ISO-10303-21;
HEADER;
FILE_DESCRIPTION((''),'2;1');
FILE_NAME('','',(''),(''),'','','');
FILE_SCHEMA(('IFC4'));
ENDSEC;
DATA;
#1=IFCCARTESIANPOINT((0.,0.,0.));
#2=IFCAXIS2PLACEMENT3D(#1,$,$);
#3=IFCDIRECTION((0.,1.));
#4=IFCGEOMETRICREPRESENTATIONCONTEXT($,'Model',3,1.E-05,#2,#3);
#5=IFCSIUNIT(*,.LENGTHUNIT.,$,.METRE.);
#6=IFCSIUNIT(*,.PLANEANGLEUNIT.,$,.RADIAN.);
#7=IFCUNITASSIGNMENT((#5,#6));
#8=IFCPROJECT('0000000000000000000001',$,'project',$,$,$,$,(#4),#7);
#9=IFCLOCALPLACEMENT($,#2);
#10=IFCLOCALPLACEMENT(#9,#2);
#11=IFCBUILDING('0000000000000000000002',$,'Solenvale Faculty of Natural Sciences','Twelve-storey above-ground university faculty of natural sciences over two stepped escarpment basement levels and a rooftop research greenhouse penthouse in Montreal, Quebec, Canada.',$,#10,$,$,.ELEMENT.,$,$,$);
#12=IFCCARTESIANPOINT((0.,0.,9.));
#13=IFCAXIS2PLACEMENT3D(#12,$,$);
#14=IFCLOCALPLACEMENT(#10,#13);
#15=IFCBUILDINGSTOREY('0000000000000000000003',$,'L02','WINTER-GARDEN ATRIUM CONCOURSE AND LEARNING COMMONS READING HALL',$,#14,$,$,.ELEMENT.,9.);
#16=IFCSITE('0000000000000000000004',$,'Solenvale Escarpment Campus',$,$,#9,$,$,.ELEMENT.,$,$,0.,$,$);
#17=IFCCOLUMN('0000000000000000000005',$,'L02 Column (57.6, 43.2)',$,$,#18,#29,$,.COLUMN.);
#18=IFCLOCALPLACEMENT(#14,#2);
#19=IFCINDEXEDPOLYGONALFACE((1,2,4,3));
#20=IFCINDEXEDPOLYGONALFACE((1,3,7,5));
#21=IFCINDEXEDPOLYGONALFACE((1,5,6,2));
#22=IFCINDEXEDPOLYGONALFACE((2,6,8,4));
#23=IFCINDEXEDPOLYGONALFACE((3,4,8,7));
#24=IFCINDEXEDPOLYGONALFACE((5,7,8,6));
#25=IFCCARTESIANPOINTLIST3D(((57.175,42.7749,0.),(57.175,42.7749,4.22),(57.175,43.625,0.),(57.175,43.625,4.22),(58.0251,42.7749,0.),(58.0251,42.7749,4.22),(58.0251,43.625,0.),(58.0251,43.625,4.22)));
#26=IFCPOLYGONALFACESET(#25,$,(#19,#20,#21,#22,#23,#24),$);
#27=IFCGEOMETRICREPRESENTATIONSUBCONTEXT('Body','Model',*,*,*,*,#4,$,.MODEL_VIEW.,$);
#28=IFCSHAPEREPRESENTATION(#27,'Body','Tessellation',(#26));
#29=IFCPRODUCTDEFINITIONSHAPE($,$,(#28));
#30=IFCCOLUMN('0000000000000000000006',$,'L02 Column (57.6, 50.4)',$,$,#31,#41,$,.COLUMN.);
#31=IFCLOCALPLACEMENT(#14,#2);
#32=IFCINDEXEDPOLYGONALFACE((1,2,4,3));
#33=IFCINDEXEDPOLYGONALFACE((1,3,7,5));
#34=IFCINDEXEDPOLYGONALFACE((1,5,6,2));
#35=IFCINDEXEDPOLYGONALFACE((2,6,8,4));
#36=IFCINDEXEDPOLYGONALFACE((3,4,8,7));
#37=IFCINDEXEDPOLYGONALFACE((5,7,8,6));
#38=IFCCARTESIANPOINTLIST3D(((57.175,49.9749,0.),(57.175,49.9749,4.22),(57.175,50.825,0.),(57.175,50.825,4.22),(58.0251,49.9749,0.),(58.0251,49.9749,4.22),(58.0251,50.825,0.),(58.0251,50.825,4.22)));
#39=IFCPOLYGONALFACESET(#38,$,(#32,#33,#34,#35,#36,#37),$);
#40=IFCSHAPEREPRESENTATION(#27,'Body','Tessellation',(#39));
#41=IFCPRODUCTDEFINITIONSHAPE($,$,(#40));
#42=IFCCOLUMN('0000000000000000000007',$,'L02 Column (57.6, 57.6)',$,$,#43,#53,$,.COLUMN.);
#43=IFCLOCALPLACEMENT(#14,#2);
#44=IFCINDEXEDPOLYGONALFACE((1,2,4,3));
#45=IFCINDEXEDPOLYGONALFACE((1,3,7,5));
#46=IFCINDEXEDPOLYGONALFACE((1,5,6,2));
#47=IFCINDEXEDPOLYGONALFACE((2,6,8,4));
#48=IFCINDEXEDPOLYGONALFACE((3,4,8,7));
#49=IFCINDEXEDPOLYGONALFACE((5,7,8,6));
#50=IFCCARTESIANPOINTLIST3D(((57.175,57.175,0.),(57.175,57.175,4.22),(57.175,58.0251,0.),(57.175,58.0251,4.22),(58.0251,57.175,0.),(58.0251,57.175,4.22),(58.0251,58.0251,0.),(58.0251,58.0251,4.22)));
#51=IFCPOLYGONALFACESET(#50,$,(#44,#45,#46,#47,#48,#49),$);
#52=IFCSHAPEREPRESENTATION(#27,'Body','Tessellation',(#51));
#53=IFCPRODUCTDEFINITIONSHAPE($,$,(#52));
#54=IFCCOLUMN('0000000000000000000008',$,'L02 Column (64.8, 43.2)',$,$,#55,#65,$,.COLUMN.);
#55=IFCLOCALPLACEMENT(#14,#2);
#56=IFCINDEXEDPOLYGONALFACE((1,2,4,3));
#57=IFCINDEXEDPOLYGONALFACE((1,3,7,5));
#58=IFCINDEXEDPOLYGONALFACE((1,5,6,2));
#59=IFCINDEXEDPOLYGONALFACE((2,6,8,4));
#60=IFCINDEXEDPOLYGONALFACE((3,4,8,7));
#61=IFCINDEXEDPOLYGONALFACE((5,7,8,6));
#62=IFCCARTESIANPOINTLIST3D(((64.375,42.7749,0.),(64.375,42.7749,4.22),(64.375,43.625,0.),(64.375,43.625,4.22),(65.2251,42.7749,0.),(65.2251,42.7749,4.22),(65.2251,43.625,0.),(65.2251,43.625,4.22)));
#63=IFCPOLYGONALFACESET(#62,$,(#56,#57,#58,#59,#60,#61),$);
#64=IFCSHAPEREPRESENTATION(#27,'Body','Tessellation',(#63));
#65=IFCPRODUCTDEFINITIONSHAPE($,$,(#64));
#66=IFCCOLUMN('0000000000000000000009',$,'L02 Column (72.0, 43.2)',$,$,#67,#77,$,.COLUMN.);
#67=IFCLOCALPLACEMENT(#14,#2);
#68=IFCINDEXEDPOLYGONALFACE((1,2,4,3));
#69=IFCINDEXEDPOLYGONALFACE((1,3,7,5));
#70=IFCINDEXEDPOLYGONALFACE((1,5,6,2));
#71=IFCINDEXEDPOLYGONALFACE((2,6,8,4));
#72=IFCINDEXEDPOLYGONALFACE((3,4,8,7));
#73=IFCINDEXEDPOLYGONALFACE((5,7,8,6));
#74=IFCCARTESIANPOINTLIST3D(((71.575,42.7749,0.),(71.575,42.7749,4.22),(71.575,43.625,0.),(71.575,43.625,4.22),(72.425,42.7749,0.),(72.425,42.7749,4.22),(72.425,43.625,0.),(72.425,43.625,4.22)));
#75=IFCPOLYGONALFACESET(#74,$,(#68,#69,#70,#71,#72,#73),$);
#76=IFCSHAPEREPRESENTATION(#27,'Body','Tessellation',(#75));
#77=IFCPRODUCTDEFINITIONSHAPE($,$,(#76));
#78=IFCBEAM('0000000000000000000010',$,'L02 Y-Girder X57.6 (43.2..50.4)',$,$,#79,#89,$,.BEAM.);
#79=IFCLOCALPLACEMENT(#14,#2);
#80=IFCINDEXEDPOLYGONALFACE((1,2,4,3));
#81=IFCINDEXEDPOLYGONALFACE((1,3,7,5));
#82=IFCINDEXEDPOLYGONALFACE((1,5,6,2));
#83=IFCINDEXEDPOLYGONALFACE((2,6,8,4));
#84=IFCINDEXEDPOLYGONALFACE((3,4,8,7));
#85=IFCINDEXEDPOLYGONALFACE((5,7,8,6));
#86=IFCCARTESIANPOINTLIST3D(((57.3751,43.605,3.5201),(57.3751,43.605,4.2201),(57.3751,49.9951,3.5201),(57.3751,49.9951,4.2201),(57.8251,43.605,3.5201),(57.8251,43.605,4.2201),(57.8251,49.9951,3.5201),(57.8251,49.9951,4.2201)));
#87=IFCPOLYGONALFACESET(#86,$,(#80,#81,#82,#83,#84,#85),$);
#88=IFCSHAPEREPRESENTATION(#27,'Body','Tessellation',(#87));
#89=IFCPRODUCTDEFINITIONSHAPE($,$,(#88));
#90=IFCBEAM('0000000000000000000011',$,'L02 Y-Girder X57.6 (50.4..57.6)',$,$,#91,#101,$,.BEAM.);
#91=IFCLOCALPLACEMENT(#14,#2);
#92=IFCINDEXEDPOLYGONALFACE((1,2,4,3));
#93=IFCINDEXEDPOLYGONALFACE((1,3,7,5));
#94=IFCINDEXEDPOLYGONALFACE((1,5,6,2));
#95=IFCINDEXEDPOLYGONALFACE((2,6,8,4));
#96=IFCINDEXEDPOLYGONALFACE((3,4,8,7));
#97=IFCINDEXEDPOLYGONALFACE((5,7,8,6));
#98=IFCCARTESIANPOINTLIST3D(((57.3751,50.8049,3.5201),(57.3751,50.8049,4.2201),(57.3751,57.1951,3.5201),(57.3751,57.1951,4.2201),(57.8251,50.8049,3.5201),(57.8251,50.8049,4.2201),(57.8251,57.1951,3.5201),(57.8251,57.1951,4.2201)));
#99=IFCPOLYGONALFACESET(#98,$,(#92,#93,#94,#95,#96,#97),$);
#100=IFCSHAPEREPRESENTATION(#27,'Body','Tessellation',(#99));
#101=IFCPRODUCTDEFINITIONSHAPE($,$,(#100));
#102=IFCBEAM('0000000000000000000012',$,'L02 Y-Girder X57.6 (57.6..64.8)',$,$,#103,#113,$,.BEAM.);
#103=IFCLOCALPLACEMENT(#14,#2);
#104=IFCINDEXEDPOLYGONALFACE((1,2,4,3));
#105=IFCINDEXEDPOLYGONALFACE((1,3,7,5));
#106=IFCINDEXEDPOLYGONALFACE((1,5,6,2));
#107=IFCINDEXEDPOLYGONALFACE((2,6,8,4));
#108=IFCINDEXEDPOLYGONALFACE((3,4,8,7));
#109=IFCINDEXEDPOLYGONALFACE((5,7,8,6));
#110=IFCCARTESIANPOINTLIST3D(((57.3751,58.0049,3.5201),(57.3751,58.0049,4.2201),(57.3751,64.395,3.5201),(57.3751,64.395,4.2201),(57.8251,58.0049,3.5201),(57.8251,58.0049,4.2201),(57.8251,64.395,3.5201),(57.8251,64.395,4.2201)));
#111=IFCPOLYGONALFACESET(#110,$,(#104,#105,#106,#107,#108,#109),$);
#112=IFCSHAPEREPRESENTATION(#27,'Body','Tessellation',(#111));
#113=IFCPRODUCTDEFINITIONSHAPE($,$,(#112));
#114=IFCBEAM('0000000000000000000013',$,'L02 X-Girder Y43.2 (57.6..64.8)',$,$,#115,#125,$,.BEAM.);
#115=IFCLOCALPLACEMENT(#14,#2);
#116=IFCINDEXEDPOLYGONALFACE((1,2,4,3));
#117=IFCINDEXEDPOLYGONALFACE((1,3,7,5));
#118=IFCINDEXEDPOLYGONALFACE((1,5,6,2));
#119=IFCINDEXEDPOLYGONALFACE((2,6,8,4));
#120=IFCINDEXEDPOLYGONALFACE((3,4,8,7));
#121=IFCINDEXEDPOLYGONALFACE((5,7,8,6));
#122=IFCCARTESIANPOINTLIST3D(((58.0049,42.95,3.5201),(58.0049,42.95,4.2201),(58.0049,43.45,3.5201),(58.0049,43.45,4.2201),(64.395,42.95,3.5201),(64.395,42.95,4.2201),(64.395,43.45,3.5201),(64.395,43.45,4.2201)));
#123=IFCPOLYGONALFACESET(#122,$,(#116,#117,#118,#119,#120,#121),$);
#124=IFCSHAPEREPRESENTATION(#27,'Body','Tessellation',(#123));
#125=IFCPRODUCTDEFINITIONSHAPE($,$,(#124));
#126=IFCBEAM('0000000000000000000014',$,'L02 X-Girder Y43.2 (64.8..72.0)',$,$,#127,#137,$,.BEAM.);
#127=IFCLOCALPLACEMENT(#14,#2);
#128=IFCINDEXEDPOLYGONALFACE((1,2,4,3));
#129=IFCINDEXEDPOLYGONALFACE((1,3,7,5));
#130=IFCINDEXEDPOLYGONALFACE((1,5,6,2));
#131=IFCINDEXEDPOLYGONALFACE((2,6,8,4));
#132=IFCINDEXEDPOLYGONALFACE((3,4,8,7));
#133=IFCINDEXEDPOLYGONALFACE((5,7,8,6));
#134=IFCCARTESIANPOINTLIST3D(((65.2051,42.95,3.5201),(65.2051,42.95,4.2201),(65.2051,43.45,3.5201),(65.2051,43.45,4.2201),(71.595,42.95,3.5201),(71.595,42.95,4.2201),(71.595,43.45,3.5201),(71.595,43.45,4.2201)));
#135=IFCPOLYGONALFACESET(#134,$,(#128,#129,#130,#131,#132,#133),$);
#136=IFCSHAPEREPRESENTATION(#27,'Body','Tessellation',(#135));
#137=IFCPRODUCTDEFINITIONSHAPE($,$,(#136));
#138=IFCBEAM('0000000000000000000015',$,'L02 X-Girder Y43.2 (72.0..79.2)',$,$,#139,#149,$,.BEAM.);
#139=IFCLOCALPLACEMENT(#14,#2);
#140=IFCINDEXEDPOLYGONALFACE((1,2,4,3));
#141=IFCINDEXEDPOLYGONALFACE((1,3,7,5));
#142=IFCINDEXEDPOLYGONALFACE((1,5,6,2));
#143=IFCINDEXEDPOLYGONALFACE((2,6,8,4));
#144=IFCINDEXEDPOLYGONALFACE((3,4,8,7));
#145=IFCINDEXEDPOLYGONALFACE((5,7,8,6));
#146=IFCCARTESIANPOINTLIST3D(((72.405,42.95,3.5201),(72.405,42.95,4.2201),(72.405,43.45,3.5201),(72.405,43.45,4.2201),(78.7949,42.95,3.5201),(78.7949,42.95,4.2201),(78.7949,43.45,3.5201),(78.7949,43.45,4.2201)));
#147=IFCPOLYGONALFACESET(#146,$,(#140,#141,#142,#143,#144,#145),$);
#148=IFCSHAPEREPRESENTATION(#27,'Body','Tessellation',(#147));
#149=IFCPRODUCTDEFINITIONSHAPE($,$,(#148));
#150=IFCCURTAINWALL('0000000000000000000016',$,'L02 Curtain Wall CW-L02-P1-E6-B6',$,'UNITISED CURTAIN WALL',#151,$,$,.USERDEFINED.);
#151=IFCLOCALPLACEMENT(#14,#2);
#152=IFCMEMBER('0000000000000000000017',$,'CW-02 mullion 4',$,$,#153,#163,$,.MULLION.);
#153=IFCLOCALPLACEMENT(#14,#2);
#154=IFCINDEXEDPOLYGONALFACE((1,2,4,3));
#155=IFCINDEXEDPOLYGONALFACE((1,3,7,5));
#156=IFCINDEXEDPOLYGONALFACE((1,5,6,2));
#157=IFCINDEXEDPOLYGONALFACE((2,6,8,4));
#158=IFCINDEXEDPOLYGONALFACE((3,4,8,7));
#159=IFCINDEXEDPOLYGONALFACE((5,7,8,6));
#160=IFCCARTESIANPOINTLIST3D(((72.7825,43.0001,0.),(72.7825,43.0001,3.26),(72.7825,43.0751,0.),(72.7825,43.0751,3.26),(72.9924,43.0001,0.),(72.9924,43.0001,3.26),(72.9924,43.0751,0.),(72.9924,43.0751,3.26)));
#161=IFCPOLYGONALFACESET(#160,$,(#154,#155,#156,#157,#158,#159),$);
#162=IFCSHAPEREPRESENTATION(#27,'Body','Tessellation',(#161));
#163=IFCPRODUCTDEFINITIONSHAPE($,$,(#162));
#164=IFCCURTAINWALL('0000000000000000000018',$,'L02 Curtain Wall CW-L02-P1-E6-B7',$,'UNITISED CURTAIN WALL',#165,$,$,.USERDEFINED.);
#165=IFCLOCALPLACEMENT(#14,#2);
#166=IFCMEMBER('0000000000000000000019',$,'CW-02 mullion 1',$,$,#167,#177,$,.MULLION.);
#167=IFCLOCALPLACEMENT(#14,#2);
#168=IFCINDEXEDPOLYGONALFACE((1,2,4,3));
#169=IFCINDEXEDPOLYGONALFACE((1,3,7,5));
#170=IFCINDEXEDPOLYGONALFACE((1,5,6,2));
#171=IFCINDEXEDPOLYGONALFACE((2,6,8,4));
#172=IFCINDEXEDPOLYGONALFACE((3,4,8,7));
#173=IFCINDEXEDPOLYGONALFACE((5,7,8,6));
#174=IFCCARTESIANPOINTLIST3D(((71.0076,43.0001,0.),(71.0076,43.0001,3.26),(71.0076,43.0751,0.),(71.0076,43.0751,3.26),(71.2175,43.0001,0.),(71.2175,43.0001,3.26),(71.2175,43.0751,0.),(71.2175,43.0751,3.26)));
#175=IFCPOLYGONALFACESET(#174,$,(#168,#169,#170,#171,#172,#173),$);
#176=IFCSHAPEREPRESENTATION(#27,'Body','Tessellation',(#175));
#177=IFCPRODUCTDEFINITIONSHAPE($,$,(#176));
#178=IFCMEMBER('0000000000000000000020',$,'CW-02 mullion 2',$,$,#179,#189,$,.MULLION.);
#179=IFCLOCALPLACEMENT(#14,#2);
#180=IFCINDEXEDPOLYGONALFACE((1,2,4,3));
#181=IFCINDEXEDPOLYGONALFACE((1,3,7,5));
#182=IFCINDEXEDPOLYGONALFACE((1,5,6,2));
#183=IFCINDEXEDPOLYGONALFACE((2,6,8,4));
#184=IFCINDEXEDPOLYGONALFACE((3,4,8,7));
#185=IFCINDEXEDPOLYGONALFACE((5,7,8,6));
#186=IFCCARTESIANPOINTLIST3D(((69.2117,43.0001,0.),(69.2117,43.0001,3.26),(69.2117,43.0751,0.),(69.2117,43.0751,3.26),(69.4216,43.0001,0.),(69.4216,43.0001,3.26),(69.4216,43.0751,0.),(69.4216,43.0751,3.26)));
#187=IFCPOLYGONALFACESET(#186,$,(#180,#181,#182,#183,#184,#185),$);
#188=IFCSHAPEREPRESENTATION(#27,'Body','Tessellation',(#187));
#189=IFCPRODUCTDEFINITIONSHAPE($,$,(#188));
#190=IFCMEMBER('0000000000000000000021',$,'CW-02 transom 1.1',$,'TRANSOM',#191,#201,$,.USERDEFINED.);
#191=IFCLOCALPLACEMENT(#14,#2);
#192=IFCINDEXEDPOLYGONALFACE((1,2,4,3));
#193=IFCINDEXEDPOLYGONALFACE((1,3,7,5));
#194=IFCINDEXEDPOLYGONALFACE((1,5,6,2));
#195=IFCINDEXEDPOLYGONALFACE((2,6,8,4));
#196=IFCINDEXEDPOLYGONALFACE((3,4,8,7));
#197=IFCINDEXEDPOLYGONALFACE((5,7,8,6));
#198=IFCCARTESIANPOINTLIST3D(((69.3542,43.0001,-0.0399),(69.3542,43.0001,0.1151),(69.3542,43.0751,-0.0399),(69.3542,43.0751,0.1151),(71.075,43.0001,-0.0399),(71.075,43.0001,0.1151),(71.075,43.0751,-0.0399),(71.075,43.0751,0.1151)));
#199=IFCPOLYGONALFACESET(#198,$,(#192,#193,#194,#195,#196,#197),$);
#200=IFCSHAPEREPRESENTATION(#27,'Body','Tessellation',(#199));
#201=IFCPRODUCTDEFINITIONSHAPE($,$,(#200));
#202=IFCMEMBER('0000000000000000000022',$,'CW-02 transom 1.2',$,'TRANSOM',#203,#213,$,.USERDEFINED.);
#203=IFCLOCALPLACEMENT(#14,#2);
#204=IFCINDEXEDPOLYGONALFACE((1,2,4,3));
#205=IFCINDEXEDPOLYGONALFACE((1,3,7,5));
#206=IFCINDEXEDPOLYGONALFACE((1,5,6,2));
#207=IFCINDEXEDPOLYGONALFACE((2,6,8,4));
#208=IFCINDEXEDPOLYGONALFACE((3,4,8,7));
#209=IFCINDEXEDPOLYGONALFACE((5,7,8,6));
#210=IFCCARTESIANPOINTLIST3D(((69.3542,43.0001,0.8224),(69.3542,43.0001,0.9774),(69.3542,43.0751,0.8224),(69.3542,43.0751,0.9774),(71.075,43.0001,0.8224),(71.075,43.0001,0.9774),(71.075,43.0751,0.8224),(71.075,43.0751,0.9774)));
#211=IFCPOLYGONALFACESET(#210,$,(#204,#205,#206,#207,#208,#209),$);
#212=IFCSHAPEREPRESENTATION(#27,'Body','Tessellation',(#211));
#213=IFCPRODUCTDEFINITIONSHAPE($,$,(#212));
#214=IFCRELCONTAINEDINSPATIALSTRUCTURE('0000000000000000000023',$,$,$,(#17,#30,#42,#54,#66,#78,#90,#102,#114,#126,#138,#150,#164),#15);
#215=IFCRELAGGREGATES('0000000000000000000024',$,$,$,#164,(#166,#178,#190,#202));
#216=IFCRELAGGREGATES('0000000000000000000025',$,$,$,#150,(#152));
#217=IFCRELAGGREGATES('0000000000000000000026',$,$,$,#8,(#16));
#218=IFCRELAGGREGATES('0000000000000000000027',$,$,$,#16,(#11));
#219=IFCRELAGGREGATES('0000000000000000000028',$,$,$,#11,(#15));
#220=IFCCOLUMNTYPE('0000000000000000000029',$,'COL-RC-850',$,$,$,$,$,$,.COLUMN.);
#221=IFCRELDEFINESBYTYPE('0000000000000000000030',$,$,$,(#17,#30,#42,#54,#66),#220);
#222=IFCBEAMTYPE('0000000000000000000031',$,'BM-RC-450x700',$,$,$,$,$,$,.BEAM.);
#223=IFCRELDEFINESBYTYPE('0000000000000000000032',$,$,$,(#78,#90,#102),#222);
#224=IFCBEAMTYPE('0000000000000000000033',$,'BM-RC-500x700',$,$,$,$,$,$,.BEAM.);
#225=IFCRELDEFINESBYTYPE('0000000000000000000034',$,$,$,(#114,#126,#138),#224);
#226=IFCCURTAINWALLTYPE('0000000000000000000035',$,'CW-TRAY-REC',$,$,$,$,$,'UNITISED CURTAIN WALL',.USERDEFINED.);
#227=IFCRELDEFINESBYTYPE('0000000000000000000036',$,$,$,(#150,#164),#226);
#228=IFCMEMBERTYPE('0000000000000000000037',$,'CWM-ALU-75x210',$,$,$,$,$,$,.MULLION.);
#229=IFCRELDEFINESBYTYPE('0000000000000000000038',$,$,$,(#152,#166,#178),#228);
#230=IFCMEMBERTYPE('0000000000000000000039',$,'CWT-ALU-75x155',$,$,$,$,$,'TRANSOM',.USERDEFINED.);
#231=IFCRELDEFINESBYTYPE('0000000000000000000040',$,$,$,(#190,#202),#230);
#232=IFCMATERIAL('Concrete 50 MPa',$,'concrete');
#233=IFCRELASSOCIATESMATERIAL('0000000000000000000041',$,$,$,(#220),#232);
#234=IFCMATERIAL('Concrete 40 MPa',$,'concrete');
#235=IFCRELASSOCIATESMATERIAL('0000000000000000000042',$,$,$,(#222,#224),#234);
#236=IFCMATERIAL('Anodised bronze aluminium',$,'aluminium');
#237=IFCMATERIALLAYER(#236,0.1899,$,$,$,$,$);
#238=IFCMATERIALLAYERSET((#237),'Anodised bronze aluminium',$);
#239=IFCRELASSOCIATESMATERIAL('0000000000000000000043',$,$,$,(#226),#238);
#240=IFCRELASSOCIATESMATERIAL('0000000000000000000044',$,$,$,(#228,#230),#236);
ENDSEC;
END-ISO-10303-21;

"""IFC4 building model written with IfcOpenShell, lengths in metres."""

from ifc_helpers import new_model, si_unit, direction, frame, origin, origin_2d, place, context, subcontext, project, spatial, rectangle, extrude, material, layer, layer_set, material_profile, profile_set, type_object, element, aggregate, save


model = new_model("IFC4")

# Units and contexts
model_context = context("Model", 3, precision=1e-05, world=origin(), true_north=direction((0.0, 1.0)))
body_context = subcontext(model_context, "Body", "Model", "MODEL_VIEW")
ifc_project = project(units=[si_unit("LENGTHUNIT", "METRE"), si_unit("PLANEANGLEUNIT", "RADIAN")], contexts=[model_context])

# Site, building, storey
site_placement = place(None, origin())
site = spatial("IfcSite", under=ifc_project, at=site_placement, Name="Solenvale Escarpment Campus", CompositionType="ELEMENT", RefElevation=0.0)
building_placement = place(site_placement, origin())
building = spatial("IfcBuilding", under=site, at=building_placement, Name="Solenvale Faculty of Natural Sciences", Description="Twelve-storey above-ground university faculty of natural sciences over two stepped escarpment basement levels and a rooftop research greenhouse penthouse in Montreal, Quebec, Canada.", CompositionType="ELEMENT")
storey_placement = place(building_placement, frame((0.0, 0.0, 9.0)))
storey = spatial("IfcBuildingStorey", under=building, at=storey_placement, Name="L02", Description="WINTER-GARDEN ATRIUM CONCOURSE AND LEARNING COMMONS READING HALL", CompositionType="ELEMENT", Elevation=9.0)

# Columns
ifc_material_1 = material(Name="Concrete 50 MPa", Category="concrete")
ifc_material_profile_1 = material_profile(ifc_material_1, rectangle(XDim=0.8501, YDim=0.8501, at=origin_2d()), Name="RC-COL-850x850")
ifc_profile_set_1 = profile_set([ifc_material_profile_1], Name="Concrete 50 MPa")
column_type = type_object("IfcColumnType", Name="COL-RC-850", PredefinedType="COLUMN", material=ifc_profile_set_1)
for number, where, z_axis, x_axis, name in (
    (1, (57.6001, 43.2, 0.0), (0.0, 0.0, 1.0), (1.0, 0.0, 0.0), "L02 Column (57.6, 43.2)"),
    (2, (57.6001, 50.3999, 0.0), (0.0, 0.0, 1.0), (1.0, 0.0, 0.0), "L02 Column (57.6, 50.4)"),
    (3, (57.6001, 57.6001, 0.0), (0.0, 0.0, 1.0), (1.0, 0.0, 0.0), "L02 Column (57.6, 57.6)"),
    (4, (64.8, 43.2, 0.0), (0.0, 0.0, 1.0), (1.0, 0.0, 0.0), "L02 Column (64.8, 43.2)"),
    (5, (72.0, 43.2, 0.0), (0.0, 0.0, 1.0), (1.0, 0.0, 0.0), "L02 Column (72.0, 43.2)"),
):
    element("IfcColumn", number, at=place(storey_placement, frame(where, z_axis=z_axis, x_axis=x_axis)), inside=storey, type_object=column_type, Name=name, PredefinedType="COLUMN", context=body_context, shape_type="SweptSolid", body=[
        extrude(rectangle(XDim=0.8501, YDim=0.8501, at=origin_2d()), origin(), (0.0, 0.0, 1.0), 4.22),
    ])

# Beams
ifc_material_2 = material(Name="Concrete 40 MPa", Category="concrete")
ifc_material_profile_2 = material_profile(ifc_material_2, rectangle(XDim=0.45, YDim=0.7, at=origin_2d()), Name="RC-BM-450x700")
ifc_profile_set_2 = profile_set([ifc_material_profile_2], Name="Concrete 40 MPa")
beam_type_1 = type_object("IfcBeamType", Name="BM-RC-450x700", PredefinedType="BEAM", material=ifc_profile_set_2)
for number, where, z_axis, x_axis, name in (
    (6, (57.6001, 43.605, 3.8701), (0.0, 1.0, 0.0), (-1.0, 0.0, 0.0), "L02 Y-Girder X57.6 (43.2..50.4)"),
    (7, (57.6001, 50.8049, 3.8701), (0.0, 1.0, 0.0), (-1.0, 0.0, 0.0), "L02 Y-Girder X57.6 (50.4..57.6)"),
    (8, (57.6001, 58.0049, 3.8701), (0.0, 1.0, 0.0), (-1.0, 0.0, 0.0), "L02 Y-Girder X57.6 (57.6..64.8)"),
):
    element("IfcBeam", number, at=place(storey_placement, frame(where, z_axis=z_axis, x_axis=x_axis)), inside=storey, type_object=beam_type_1, Name=name, PredefinedType="BEAM", context=body_context, shape_type="SweptSolid", body=[
        extrude(rectangle(XDim=0.45, YDim=0.7, at=origin_2d()), origin(), (0.0, 0.0, 1.0), 6.3901),
    ])
ifc_material_profile_3 = material_profile(ifc_material_2, rectangle(XDim=0.5, YDim=0.7, at=origin_2d()), Name="RC-BM-500x700")
ifc_profile_set_3 = profile_set([ifc_material_profile_3], Name="Concrete 40 MPa")
beam_type_2 = type_object("IfcBeamType", Name="BM-RC-500x700", PredefinedType="BEAM", material=ifc_profile_set_3)
beam_placement = place(storey_placement, frame((58.0049, 43.2, 3.8701), z_axis=(1.0, 0.0, 0.0), x_axis=(0.0, 1.0, 0.0)))
element("IfcBeam", 9, at=beam_placement, inside=storey, type_object=beam_type_2, Name="L02 X-Girder Y43.2 (57.6..64.8)", PredefinedType="BEAM", context=body_context, shape_type="SweptSolid", body=[
    extrude(rectangle(XDim=0.5, YDim=0.7, at=origin_2d()), origin(), (0.0, 0.0, 1.0), 6.3901),
])
for number, where, z_axis, x_axis, name in (
    (10, (65.2051, 43.2, 3.8701), (1.0, 0.0, 0.0), (0.0, 1.0, 0.0), "L02 X-Girder Y43.2 (64.8..72.0)"),
    (11, (72.405, 43.2, 3.8701), (1.0, 0.0, 0.0), (0.0, 1.0, 0.0), "L02 X-Girder Y43.2 (72.0..79.2)"),
):
    element("IfcBeam", number, at=place(storey_placement, frame(where, z_axis=z_axis, x_axis=x_axis)), inside=storey, type_object=beam_type_2, Name=name, PredefinedType="BEAM", context=body_context, shape_type="SweptSolid", body=[
        extrude(rectangle(XDim=0.5, YDim=0.7, at=origin_2d()), origin(), (0.0, 0.0, 1.0), 6.3899),
    ])

# Curtain wall, member
ifc_material_3 = material(Name="Anodised bronze aluminium", Category="aluminium")
ifc_layer_1 = layer(ifc_material_3, 0.1899)
ifc_layer_set_1 = layer_set([ifc_layer_1], Name="Anodised bronze aluminium")
curtain_wall_type = type_object("IfcCurtainWallType", Name="CW-TRAY-REC", ElementType="UNITISED CURTAIN WALL", PredefinedType="USERDEFINED", material=ifc_layer_set_1)
curtain_wall_1_placement = place(storey_placement, origin())
curtain_wall_1 = element("IfcCurtainWall", 12, at=curtain_wall_1_placement, inside=storey, type_object=curtain_wall_type, Name="L02 Curtain Wall CW-L02-P1-E6-B6", ObjectType="UNITISED CURTAIN WALL", PredefinedType="USERDEFINED")
ifc_material_profile_4 = material_profile(ifc_material_3, rectangle(XDim=0.075, YDim=0.21, at=origin_2d()), Name="ALU-MUL-75x210")
ifc_profile_set_4 = profile_set([ifc_material_profile_4], Name="Anodised bronze aluminium")
member_type_1 = type_object("IfcMemberType", Name="CWM-ALU-75x210", PredefinedType="MULLION", material=ifc_profile_set_4)
member_1_placement = place(storey_placement, frame((72.8875, 43.0376, 0.0), z_axis=(0.0, 0.0, 1.0), x_axis=(0.0, -1.0, 0.0)))
member_1 = element("IfcMember", 13, at=member_1_placement, type_object=member_type_1, Name="CW-02 mullion 4", PredefinedType="MULLION", context=body_context, shape_type="SweptSolid", body=[
    extrude(rectangle(XDim=0.075, YDim=0.21, at=origin_2d()), origin(), (0.0, 0.0, 1.0), 3.26),
])

# Curtain wall, members
curtain_wall_2_placement = place(storey_placement, origin())
curtain_wall_2 = element("IfcCurtainWall", 14, at=curtain_wall_2_placement, inside=storey, type_object=curtain_wall_type, Name="L02 Curtain Wall CW-L02-P1-E6-B7", ObjectType="UNITISED CURTAIN WALL", PredefinedType="USERDEFINED")
member_2_placement = place(storey_placement, frame((71.1125, 43.0376, 0.0), z_axis=(0.0, 0.0, 1.0), x_axis=(0.0, -1.0, 0.0)))
member_2 = element("IfcMember", 15, at=member_2_placement, type_object=member_type_1, Name="CW-02 mullion 1", PredefinedType="MULLION", context=body_context, shape_type="SweptSolid", body=[
    extrude(rectangle(XDim=0.075, YDim=0.21, at=origin_2d()), origin(), (0.0, 0.0, 1.0), 3.26),
])
member_3_placement = place(storey_placement, frame((69.3167, 43.0376, 0.0), z_axis=(0.0, 0.0, 1.0), x_axis=(0.0, -1.0, 0.0)))
member_3 = element("IfcMember", 16, at=member_3_placement, type_object=member_type_1, Name="CW-02 mullion 2", PredefinedType="MULLION", context=body_context, shape_type="SweptSolid", body=[
    extrude(rectangle(XDim=0.075, YDim=0.21, at=origin_2d()), origin(), (0.0, 0.0, 1.0), 3.26),
])
ifc_material_profile_5 = material_profile(ifc_material_3, rectangle(XDim=0.075, YDim=0.155, at=origin_2d()), Name="ALU-TRN-75x155")
ifc_profile_set_5 = profile_set([ifc_material_profile_5], Name="Anodised bronze aluminium")
member_type_2 = type_object("IfcMemberType", Name="CWT-ALU-75x155", ElementType="TRANSOM", PredefinedType="USERDEFINED", material=ifc_profile_set_5)
member_4_placement = place(storey_placement, frame((71.075, 43.0376, 0.0376), z_axis=(-1.0, 0.0, 0.0), x_axis=(0.0, -1.0, 0.0)))
member_4 = element("IfcMember", 17, at=member_4_placement, type_object=member_type_2, Name="CW-02 transom 1.1", ObjectType="TRANSOM", PredefinedType="USERDEFINED", context=body_context, shape_type="SweptSolid", body=[
    extrude(rectangle(XDim=0.075, YDim=0.155, at=origin_2d()), origin(), (0.0, 0.0, 1.0), 1.7207),
])
member_5_placement = place(storey_placement, frame((71.075, 43.0376, 0.8999), z_axis=(-1.0, 0.0, 0.0), x_axis=(0.0, -1.0, 0.0)))
member_5 = element("IfcMember", 18, at=member_5_placement, type_object=member_type_2, Name="CW-02 transom 1.2", ObjectType="TRANSOM", PredefinedType="USERDEFINED", context=body_context, shape_type="SweptSolid", body=[
    extrude(rectangle(XDim=0.075, YDim=0.155, at=origin_2d()), origin(), (0.0, 0.0, 1.0), 1.7207),
])
aggregate(curtain_wall_2, [member_2, member_3, member_4, member_5])

aggregate(curtain_wall_1, [member_1])

save(model, "model.ifc")
